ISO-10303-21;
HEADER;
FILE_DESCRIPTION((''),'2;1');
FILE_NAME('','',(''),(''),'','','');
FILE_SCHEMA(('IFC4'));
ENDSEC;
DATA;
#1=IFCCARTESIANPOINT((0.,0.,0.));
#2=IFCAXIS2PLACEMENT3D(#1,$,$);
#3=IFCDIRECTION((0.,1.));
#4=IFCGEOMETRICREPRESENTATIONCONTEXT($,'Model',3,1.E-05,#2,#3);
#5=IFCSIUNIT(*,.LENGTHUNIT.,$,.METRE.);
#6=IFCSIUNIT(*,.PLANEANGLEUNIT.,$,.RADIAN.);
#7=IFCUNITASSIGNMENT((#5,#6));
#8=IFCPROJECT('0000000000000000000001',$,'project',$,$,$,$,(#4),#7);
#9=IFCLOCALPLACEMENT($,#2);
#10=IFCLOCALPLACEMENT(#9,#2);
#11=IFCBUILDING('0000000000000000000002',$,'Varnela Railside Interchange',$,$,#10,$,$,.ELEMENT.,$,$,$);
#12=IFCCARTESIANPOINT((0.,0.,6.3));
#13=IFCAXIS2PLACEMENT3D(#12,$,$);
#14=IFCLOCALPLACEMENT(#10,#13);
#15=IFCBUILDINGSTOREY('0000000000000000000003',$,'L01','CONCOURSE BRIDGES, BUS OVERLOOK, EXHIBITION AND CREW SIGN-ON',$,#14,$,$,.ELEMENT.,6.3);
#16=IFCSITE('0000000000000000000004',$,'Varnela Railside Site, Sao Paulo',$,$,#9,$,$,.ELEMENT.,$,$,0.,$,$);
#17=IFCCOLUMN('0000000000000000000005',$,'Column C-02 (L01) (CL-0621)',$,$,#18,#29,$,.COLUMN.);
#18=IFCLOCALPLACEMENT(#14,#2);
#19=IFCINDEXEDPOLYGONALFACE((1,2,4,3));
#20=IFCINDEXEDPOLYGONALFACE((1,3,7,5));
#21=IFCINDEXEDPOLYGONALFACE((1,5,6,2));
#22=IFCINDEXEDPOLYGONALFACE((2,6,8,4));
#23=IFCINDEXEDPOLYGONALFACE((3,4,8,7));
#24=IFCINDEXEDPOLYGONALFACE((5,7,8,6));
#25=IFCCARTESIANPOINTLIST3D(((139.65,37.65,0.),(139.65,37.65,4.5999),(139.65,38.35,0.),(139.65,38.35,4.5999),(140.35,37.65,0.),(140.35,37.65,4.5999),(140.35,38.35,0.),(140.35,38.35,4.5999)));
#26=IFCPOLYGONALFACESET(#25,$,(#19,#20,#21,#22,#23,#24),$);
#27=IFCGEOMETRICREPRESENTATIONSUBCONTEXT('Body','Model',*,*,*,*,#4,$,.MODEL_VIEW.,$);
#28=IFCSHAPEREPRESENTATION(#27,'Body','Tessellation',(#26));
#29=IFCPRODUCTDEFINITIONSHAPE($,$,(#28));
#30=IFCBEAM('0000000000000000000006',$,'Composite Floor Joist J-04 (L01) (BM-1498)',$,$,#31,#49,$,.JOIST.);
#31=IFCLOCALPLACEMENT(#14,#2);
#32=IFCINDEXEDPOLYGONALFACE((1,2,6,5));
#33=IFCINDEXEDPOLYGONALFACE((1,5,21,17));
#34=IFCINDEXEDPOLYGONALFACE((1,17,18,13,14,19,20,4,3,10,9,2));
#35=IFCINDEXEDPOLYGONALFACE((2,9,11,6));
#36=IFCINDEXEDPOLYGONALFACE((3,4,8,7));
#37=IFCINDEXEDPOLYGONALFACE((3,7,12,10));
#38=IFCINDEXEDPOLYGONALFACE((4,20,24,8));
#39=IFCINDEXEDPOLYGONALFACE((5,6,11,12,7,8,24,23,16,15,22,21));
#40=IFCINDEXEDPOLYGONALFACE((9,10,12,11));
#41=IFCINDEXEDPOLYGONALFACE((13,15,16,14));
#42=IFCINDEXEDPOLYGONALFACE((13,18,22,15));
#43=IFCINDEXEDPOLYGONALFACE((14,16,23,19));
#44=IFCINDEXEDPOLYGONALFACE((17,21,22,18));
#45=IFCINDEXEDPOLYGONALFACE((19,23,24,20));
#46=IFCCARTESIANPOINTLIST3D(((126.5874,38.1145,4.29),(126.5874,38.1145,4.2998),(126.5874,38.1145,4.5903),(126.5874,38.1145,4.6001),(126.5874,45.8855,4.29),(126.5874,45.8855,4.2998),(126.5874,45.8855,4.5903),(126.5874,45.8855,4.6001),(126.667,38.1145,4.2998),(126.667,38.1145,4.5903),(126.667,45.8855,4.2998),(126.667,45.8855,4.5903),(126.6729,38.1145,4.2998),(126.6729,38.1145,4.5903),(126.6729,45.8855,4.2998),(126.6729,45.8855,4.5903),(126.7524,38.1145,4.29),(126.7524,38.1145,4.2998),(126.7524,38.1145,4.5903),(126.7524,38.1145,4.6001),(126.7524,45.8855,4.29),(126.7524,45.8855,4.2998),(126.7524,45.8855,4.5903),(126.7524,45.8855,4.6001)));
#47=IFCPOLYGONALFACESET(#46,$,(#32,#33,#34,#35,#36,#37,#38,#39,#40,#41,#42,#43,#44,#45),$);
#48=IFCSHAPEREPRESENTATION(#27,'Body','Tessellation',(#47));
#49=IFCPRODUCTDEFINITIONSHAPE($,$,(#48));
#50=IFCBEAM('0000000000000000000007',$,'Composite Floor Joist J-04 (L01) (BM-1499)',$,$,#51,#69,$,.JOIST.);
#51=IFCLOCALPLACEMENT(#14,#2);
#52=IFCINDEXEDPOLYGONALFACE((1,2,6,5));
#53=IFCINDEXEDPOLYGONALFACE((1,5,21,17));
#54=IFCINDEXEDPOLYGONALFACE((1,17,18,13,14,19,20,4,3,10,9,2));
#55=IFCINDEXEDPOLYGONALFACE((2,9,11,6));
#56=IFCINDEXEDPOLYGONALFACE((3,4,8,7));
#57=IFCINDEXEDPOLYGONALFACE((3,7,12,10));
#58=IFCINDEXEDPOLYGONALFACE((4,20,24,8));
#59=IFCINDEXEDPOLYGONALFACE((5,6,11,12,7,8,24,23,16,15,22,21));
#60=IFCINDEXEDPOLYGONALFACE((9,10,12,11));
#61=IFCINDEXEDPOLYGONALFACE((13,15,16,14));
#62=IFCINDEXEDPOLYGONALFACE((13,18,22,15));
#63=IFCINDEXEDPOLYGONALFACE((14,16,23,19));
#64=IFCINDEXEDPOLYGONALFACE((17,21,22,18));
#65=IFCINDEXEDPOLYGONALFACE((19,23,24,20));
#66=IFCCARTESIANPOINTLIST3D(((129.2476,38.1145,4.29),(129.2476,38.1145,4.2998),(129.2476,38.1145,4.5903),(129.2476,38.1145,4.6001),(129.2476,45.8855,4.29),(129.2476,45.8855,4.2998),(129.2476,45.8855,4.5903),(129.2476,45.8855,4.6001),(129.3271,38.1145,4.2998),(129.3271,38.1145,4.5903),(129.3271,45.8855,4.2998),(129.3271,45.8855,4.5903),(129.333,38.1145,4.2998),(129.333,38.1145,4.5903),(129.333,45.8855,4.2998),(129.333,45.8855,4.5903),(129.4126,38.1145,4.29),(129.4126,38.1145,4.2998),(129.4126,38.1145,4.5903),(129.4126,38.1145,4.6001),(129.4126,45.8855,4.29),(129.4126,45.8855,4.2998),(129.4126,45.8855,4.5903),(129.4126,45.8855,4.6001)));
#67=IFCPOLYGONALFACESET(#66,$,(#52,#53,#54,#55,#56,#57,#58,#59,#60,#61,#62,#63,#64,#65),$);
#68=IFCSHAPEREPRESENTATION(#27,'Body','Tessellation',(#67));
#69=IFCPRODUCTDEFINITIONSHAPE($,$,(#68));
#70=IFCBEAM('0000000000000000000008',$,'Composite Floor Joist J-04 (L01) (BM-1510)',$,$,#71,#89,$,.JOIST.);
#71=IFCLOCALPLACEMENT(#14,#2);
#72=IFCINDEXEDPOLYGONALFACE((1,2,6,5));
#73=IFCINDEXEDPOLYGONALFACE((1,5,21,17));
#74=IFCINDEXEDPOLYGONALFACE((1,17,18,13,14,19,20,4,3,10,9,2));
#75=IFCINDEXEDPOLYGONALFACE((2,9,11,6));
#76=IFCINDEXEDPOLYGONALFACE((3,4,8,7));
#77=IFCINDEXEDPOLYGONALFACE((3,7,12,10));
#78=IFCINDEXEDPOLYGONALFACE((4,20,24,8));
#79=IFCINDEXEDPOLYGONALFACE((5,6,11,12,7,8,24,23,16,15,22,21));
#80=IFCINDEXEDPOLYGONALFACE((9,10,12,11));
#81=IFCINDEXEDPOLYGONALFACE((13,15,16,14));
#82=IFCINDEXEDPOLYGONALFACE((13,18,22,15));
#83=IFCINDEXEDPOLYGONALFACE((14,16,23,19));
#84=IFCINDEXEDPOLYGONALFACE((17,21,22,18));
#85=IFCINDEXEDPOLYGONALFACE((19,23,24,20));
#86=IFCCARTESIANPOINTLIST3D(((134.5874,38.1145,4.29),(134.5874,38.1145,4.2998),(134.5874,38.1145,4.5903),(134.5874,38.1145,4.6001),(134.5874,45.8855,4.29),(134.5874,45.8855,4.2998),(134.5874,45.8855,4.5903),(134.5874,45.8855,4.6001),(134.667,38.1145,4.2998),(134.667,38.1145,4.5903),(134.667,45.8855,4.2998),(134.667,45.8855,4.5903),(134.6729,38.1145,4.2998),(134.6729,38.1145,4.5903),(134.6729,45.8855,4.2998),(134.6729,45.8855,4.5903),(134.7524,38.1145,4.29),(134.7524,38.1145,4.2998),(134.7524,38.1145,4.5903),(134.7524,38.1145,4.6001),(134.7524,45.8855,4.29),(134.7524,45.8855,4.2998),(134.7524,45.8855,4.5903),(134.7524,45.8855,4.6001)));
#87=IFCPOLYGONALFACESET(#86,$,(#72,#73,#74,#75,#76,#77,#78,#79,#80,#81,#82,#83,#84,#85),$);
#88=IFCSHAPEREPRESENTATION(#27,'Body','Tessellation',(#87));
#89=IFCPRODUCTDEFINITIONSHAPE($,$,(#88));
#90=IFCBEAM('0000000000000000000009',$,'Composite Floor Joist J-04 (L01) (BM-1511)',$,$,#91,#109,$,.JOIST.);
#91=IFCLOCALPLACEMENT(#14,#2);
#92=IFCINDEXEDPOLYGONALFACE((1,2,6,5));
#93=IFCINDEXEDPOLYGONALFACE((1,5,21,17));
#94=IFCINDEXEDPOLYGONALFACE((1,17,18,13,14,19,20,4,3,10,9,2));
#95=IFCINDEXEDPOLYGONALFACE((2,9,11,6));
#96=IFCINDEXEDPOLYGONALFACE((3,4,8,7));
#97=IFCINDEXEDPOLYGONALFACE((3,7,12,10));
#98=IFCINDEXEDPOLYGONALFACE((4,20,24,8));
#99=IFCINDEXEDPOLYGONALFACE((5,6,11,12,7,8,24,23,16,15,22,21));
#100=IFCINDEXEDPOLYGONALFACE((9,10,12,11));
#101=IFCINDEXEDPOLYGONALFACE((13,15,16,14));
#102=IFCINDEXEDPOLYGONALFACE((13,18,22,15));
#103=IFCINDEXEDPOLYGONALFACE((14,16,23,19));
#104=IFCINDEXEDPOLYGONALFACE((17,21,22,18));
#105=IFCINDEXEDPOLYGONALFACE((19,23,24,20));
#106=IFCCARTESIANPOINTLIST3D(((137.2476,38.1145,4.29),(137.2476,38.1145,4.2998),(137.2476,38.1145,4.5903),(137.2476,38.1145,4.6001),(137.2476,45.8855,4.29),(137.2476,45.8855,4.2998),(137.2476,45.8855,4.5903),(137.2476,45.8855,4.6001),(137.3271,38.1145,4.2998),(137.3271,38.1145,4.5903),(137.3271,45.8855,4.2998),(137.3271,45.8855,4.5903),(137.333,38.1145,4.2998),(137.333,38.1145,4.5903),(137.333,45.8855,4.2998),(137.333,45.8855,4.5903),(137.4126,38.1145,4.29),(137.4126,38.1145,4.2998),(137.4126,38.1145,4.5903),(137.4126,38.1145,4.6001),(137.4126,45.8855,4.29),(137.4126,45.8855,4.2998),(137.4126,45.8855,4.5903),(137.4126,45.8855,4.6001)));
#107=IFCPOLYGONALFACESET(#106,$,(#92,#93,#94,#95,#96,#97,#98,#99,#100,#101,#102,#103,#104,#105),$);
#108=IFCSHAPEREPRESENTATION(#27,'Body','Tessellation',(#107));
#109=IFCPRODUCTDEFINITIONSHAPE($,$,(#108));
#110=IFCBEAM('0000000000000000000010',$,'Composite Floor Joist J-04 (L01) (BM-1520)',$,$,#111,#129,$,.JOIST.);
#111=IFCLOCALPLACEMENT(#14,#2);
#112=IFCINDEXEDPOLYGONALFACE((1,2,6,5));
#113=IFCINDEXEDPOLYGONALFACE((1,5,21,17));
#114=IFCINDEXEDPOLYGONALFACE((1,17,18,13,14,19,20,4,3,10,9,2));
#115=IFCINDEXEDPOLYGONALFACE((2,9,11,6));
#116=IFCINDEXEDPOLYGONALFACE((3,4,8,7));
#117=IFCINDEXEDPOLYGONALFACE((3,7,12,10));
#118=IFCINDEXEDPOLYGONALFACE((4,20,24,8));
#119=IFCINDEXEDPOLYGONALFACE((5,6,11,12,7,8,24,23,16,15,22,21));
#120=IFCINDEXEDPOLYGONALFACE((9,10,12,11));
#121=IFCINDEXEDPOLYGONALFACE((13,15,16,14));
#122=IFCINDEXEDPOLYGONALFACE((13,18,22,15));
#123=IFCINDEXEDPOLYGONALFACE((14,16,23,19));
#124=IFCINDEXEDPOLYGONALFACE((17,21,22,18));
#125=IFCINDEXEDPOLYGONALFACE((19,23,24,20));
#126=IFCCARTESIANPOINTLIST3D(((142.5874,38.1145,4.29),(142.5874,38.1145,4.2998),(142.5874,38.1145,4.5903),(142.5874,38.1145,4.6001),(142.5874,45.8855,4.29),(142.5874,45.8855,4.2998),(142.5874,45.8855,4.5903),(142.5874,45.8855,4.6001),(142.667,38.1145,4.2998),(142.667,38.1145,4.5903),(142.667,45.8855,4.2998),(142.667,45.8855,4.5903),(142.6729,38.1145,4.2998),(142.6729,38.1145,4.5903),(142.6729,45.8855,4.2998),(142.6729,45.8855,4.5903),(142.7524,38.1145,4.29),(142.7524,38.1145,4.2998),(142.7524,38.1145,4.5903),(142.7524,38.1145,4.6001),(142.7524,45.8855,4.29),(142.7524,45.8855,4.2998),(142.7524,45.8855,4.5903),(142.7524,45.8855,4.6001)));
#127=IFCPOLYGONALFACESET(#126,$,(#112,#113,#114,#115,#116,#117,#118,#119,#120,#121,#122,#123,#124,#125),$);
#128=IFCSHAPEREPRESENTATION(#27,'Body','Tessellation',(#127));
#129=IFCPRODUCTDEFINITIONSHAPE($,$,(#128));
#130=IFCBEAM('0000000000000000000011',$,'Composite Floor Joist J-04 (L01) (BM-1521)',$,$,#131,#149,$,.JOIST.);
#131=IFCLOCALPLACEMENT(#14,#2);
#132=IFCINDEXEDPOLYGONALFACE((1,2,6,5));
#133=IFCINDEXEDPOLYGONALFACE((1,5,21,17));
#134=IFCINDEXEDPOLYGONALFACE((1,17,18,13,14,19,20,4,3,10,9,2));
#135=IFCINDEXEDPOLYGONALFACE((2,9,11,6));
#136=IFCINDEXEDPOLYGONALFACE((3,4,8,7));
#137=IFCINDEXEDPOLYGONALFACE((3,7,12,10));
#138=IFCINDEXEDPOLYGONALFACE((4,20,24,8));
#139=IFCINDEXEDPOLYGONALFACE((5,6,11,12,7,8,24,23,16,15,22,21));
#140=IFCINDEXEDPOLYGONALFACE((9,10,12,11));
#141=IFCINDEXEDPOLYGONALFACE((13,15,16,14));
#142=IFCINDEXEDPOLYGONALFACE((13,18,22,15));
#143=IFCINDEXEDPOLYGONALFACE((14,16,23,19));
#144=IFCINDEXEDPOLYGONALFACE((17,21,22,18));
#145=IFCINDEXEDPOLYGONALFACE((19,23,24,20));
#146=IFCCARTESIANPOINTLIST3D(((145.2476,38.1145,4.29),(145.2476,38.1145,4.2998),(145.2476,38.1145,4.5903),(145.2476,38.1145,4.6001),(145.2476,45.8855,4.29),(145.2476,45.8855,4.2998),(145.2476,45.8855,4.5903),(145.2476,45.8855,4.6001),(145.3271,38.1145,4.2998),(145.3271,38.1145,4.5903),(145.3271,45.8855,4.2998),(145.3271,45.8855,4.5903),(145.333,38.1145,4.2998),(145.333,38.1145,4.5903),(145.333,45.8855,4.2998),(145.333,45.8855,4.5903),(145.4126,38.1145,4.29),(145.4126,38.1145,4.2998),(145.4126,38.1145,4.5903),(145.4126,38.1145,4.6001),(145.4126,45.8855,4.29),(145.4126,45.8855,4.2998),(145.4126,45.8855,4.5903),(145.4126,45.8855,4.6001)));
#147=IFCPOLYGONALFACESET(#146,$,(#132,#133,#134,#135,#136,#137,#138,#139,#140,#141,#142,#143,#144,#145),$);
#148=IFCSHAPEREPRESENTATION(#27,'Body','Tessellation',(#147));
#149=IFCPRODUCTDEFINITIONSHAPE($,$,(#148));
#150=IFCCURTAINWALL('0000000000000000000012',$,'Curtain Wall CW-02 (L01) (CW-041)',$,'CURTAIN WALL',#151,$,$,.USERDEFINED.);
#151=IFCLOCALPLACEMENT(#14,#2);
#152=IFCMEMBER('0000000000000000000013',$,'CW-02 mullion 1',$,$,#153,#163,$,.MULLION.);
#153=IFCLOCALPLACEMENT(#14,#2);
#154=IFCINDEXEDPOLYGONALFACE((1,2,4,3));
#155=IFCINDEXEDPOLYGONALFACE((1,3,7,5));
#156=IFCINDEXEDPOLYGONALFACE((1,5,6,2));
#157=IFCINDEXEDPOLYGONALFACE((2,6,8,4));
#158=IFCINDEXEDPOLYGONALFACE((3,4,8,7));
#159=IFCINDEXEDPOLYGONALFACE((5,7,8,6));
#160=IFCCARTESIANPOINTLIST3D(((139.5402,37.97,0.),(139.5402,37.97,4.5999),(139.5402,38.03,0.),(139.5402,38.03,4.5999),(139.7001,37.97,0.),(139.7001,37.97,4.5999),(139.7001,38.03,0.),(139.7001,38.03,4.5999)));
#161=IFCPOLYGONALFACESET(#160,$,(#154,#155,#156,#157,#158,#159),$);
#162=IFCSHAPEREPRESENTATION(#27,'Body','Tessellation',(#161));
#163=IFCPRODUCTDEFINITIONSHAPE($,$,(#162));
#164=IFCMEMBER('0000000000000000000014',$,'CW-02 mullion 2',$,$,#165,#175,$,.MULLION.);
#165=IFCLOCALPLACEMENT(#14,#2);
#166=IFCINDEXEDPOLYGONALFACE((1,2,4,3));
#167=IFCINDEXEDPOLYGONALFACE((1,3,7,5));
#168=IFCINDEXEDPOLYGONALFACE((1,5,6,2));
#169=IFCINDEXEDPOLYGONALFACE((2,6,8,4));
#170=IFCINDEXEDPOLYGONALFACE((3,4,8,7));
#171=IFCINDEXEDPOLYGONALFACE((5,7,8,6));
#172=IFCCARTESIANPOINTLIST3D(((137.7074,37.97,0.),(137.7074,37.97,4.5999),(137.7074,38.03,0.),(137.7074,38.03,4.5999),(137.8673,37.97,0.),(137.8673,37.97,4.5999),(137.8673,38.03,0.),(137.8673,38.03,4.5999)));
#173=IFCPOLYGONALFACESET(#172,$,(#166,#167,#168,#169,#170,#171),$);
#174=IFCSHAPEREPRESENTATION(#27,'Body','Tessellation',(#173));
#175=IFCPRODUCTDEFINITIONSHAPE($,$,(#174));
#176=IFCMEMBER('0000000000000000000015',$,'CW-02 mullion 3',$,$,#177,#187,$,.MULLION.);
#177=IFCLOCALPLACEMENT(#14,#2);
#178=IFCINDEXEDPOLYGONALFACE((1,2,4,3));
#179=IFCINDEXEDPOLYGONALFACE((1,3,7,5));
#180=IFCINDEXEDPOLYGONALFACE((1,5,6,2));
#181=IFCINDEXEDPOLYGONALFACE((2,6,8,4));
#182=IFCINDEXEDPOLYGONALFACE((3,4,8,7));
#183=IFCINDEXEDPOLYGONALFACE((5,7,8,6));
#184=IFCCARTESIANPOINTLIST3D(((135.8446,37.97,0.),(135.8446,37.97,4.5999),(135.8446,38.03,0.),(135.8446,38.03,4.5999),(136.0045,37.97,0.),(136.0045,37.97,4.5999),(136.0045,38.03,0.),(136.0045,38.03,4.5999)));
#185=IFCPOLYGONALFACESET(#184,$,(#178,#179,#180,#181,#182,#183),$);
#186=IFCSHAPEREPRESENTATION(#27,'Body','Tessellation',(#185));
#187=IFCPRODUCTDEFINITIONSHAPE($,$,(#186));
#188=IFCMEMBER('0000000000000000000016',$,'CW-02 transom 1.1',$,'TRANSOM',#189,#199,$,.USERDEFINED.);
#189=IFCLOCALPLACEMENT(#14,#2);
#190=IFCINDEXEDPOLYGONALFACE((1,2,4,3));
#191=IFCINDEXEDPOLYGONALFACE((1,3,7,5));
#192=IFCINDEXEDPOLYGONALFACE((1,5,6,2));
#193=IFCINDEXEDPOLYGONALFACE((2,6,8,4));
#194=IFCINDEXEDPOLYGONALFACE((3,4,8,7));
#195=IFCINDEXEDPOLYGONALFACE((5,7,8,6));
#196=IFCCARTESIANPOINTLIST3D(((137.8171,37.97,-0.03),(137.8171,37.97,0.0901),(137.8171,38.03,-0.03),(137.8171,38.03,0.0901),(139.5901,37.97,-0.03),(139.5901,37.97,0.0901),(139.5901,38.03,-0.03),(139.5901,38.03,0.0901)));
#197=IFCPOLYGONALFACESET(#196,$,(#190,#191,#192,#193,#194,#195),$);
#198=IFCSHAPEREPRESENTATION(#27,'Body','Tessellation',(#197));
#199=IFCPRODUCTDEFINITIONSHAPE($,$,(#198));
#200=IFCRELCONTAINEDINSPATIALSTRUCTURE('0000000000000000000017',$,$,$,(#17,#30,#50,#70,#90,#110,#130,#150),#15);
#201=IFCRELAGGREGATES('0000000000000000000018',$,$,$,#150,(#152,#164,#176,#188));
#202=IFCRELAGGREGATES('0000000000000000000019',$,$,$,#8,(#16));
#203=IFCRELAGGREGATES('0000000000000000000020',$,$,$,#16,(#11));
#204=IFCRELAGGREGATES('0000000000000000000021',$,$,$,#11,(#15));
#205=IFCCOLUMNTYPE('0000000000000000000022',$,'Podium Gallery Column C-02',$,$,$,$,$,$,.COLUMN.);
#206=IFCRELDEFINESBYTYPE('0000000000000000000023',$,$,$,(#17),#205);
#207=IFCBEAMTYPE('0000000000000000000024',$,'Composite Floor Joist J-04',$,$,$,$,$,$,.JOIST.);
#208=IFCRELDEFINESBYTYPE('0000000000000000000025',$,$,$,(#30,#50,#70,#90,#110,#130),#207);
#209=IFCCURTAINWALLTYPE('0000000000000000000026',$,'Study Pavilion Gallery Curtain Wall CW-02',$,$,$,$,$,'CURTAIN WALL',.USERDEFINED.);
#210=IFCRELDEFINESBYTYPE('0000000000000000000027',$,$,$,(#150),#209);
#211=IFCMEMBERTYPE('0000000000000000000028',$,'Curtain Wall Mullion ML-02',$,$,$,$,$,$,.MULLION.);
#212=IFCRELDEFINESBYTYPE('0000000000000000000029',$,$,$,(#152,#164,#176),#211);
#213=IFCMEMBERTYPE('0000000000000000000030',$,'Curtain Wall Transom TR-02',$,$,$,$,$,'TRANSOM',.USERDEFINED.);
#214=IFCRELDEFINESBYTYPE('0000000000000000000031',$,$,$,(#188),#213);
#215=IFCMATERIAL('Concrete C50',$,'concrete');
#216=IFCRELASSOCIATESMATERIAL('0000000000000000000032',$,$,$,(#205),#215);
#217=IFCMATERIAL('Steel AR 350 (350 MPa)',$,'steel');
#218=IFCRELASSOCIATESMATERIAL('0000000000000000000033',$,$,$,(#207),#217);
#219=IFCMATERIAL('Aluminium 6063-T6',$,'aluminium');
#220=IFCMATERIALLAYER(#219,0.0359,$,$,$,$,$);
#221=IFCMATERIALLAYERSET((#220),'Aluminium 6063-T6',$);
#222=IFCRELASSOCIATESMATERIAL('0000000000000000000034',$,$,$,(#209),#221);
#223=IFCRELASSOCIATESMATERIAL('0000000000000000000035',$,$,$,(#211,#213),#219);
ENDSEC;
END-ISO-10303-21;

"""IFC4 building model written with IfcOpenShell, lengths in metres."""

from ifc_helpers import new_model, si_unit, direction, frame, origin, origin_2d, place, context, subcontext, project, spatial, rectangle, i_section, extrude, material, layer, layer_set, material_profile, profile_set, type_object, element, aggregate, save


model = new_model("IFC4")

# Units and contexts
model_context = context("Model", 3, precision=1e-05, world=origin(), true_north=direction((0.0, 1.0)))
body_context = subcontext(model_context, "Body", "Model", "MODEL_VIEW")
ifc_project = project(units=[si_unit("LENGTHUNIT", "METRE"), si_unit("PLANEANGLEUNIT", "RADIAN")], contexts=[model_context])

# Site, building, storey
site_placement = place(None, origin())
site = spatial("IfcSite", under=ifc_project, at=site_placement, Name="Varnela Railside Site, Sao Paulo", CompositionType="ELEMENT", RefElevation=0.0)
building_placement = place(site_placement, origin())
building = spatial("IfcBuilding", under=site, at=building_placement, Name="Varnela Railside Interchange", CompositionType="ELEMENT")
storey_placement = place(building_placement, frame((0.0, 0.0, 6.3)))
storey = spatial("IfcBuildingStorey", under=building, at=storey_placement, Name="L01", Description="CONCOURSE BRIDGES, BUS OVERLOOK, EXHIBITION AND CREW SIGN-ON", CompositionType="ELEMENT", Elevation=6.3)

# Column
ifc_material_1 = material(Name="Concrete C50", Category="concrete")
ifc_material_profile_1 = material_profile(ifc_material_1, rectangle(XDim=0.7, YDim=0.7, at=origin_2d()), Name="RC 700x700")
ifc_profile_set_1 = profile_set([ifc_material_profile_1], Name="Concrete C50")
column_type = type_object("IfcColumnType", Name="Podium Gallery Column C-02", PredefinedType="COLUMN", material=ifc_profile_set_1)
column_placement = place(storey_placement, frame((140.0, 38.0, 0.0), z_axis=(0.0, 0.0, 1.0), x_axis=(1.0, 0.0, 0.0)))
element("IfcColumn", 1, at=column_placement, inside=storey, type_object=column_type, Name="Column C-02 (L01) (CL-0621)", PredefinedType="COLUMN", context=body_context, shape_type="SweptSolid", body=[
    extrude(rectangle(XDim=0.7, YDim=0.7, at=origin_2d()), origin(), (0.0, 0.0, 1.0), 4.5999),
])

# Beams
ifc_material_2 = material(Name="Steel AR 350 (350 MPa)", Category="steel")
ifc_material_profile_2 = material_profile(ifc_material_2, i_section(OverallWidth=0.165, OverallDepth=0.3101, WebThickness=0.0059, FlangeThickness=0.0098, at=origin_2d()), Name="W310x38.7")
ifc_profile_set_2 = profile_set([ifc_material_profile_2], Name="Steel AR 350 (350 MPa)")
beam_type_1 = type_object("IfcBeamType", Name="Composite Floor Joist J-04", PredefinedType="JOIST", material=ifc_profile_set_2)
for number, where, z_axis, x_axis, name in (
    (2, (126.6699, 38.1145, 4.4451), (0.0, 1.0, 0.0), (-1.0, 0.0, 0.0), "Composite Floor Joist J-04 (L01) (BM-1498)"),
    (3, (129.3301, 38.1145, 4.4451), (0.0, 1.0, 0.0), (-1.0, 0.0, 0.0), "Composite Floor Joist J-04 (L01) (BM-1499)"),
    (4, (134.6699, 38.1145, 4.4451), (0.0, 1.0, 0.0), (-1.0, 0.0, 0.0), "Composite Floor Joist J-04 (L01) (BM-1510)"),
    (5, (137.3301, 38.1145, 4.4451), (0.0, 1.0, 0.0), (-1.0, 0.0, 0.0), "Composite Floor Joist J-04 (L01) (BM-1511)"),
    (6, (142.6699, 38.1145, 4.4451), (0.0, 1.0, 0.0), (-1.0, 0.0, 0.0), "Composite Floor Joist J-04 (L01) (BM-1520)"),
    (7, (145.3301, 38.1145, 4.4451), (0.0, 1.0, 0.0), (-1.0, 0.0, 0.0), "Composite Floor Joist J-04 (L01) (BM-1521)"),
):
    element("IfcBeam", number, at=place(storey_placement, frame(where, z_axis=z_axis, x_axis=x_axis)), inside=storey, type_object=beam_type_1, Name=name, PredefinedType="JOIST", context=body_context, shape_type="SweptSolid", body=[
        extrude(i_section(OverallWidth=0.165, OverallDepth=0.3101, WebThickness=0.0059, FlangeThickness=0.0098, at=origin_2d()), origin(), (0.0, 0.0, 1.0), 7.771),
    ])

# Curtain wall, members
ifc_material_3 = material(Name="Aluminium 6063-T6", Category="aluminium")
ifc_layer_1 = layer(ifc_material_3, 0.0359)
ifc_layer_set_1 = layer_set([ifc_layer_1], Name="Aluminium 6063-T6")
curtain_wall_type = type_object("IfcCurtainWallType", Name="Study Pavilion Gallery Curtain Wall CW-02", ElementType="CURTAIN WALL", PredefinedType="USERDEFINED", material=ifc_layer_set_1)
curtain_wall_placement = place(storey_placement, origin())
curtain_wall = element("IfcCurtainWall", 8, at=curtain_wall_placement, inside=storey, type_object=curtain_wall_type, Name="Curtain Wall CW-02 (L01) (CW-041)", ObjectType="CURTAIN WALL", PredefinedType="USERDEFINED")
ifc_material_profile_3 = material_profile(ifc_material_3, rectangle(XDim=0.0601, YDim=0.1599, at=origin_2d()), Name="ALU 60x160")
ifc_profile_set_3 = profile_set([ifc_material_profile_3], Name="Aluminium 6063-T6")
member_type_1 = type_object("IfcMemberType", Name="Curtain Wall Mullion ML-02", PredefinedType="MULLION", material=ifc_profile_set_3)
member_1_placement = place(storey_placement, frame((139.6201, 38.0, 0.0), z_axis=(0.0, 0.0, 1.0), x_axis=(0.0, -1.0, 0.0)))
member_1 = element("IfcMember", 9, at=member_1_placement, type_object=member_type_1, Name="CW-02 mullion 1", PredefinedType="MULLION", context=body_context, shape_type="SweptSolid", body=[
    extrude(rectangle(XDim=0.0601, YDim=0.1599, at=origin_2d()), origin(), (0.0, 0.0, 1.0), 4.5999),
])
member_2_placement = place(storey_placement, frame((137.7874, 38.0, 0.0), z_axis=(0.0, 0.0, 1.0), x_axis=(0.0, -1.0, 0.0)))
member_2 = element("IfcMember", 10, at=member_2_placement, type_object=member_type_1, Name="CW-02 mullion 2", PredefinedType="MULLION", context=body_context, shape_type="SweptSolid", body=[
    extrude(rectangle(XDim=0.0601, YDim=0.1599, at=origin_2d()), origin(), (0.0, 0.0, 1.0), 4.5999),
])
member_3_placement = place(storey_placement, frame((135.9246, 38.0, 0.0), z_axis=(0.0, 0.0, 1.0), x_axis=(0.0, -1.0, 0.0)))
member_3 = element("IfcMember", 11, at=member_3_placement, type_object=member_type_1, Name="CW-02 mullion 3", PredefinedType="MULLION", context=body_context, shape_type="SweptSolid", body=[
    extrude(rectangle(XDim=0.0601, YDim=0.1599, at=origin_2d()), origin(), (0.0, 0.0, 1.0), 4.5999),
])
ifc_material_profile_4 = material_profile(ifc_material_3, rectangle(XDim=0.0601, YDim=0.1201, at=origin_2d()), Name="ALU 60x120")
ifc_profile_set_4 = profile_set([ifc_material_profile_4], Name="Aluminium 6063-T6")
member_type_2 = type_object("IfcMemberType", Name="Curtain Wall Transom TR-02", ElementType="TRANSOM", PredefinedType="USERDEFINED", material=ifc_profile_set_4)
member_4_placement = place(storey_placement, frame((139.5901, 38.0, 0.03), z_axis=(-1.0, 0.0, 0.0), x_axis=(0.0, -1.0, 0.0)))
member_4 = element("IfcMember", 12, at=member_4_placement, type_object=member_type_2, Name="CW-02 transom 1.1", ObjectType="TRANSOM", PredefinedType="USERDEFINED", context=body_context, shape_type="SweptSolid", body=[
    extrude(rectangle(XDim=0.0601, YDim=0.1201, at=origin_2d()), origin(), (0.0, 0.0, 1.0), 1.7729),
])

aggregate(curtain_wall, [member_1, member_2, member_3, member_4])

save(model, "model.ifc")
